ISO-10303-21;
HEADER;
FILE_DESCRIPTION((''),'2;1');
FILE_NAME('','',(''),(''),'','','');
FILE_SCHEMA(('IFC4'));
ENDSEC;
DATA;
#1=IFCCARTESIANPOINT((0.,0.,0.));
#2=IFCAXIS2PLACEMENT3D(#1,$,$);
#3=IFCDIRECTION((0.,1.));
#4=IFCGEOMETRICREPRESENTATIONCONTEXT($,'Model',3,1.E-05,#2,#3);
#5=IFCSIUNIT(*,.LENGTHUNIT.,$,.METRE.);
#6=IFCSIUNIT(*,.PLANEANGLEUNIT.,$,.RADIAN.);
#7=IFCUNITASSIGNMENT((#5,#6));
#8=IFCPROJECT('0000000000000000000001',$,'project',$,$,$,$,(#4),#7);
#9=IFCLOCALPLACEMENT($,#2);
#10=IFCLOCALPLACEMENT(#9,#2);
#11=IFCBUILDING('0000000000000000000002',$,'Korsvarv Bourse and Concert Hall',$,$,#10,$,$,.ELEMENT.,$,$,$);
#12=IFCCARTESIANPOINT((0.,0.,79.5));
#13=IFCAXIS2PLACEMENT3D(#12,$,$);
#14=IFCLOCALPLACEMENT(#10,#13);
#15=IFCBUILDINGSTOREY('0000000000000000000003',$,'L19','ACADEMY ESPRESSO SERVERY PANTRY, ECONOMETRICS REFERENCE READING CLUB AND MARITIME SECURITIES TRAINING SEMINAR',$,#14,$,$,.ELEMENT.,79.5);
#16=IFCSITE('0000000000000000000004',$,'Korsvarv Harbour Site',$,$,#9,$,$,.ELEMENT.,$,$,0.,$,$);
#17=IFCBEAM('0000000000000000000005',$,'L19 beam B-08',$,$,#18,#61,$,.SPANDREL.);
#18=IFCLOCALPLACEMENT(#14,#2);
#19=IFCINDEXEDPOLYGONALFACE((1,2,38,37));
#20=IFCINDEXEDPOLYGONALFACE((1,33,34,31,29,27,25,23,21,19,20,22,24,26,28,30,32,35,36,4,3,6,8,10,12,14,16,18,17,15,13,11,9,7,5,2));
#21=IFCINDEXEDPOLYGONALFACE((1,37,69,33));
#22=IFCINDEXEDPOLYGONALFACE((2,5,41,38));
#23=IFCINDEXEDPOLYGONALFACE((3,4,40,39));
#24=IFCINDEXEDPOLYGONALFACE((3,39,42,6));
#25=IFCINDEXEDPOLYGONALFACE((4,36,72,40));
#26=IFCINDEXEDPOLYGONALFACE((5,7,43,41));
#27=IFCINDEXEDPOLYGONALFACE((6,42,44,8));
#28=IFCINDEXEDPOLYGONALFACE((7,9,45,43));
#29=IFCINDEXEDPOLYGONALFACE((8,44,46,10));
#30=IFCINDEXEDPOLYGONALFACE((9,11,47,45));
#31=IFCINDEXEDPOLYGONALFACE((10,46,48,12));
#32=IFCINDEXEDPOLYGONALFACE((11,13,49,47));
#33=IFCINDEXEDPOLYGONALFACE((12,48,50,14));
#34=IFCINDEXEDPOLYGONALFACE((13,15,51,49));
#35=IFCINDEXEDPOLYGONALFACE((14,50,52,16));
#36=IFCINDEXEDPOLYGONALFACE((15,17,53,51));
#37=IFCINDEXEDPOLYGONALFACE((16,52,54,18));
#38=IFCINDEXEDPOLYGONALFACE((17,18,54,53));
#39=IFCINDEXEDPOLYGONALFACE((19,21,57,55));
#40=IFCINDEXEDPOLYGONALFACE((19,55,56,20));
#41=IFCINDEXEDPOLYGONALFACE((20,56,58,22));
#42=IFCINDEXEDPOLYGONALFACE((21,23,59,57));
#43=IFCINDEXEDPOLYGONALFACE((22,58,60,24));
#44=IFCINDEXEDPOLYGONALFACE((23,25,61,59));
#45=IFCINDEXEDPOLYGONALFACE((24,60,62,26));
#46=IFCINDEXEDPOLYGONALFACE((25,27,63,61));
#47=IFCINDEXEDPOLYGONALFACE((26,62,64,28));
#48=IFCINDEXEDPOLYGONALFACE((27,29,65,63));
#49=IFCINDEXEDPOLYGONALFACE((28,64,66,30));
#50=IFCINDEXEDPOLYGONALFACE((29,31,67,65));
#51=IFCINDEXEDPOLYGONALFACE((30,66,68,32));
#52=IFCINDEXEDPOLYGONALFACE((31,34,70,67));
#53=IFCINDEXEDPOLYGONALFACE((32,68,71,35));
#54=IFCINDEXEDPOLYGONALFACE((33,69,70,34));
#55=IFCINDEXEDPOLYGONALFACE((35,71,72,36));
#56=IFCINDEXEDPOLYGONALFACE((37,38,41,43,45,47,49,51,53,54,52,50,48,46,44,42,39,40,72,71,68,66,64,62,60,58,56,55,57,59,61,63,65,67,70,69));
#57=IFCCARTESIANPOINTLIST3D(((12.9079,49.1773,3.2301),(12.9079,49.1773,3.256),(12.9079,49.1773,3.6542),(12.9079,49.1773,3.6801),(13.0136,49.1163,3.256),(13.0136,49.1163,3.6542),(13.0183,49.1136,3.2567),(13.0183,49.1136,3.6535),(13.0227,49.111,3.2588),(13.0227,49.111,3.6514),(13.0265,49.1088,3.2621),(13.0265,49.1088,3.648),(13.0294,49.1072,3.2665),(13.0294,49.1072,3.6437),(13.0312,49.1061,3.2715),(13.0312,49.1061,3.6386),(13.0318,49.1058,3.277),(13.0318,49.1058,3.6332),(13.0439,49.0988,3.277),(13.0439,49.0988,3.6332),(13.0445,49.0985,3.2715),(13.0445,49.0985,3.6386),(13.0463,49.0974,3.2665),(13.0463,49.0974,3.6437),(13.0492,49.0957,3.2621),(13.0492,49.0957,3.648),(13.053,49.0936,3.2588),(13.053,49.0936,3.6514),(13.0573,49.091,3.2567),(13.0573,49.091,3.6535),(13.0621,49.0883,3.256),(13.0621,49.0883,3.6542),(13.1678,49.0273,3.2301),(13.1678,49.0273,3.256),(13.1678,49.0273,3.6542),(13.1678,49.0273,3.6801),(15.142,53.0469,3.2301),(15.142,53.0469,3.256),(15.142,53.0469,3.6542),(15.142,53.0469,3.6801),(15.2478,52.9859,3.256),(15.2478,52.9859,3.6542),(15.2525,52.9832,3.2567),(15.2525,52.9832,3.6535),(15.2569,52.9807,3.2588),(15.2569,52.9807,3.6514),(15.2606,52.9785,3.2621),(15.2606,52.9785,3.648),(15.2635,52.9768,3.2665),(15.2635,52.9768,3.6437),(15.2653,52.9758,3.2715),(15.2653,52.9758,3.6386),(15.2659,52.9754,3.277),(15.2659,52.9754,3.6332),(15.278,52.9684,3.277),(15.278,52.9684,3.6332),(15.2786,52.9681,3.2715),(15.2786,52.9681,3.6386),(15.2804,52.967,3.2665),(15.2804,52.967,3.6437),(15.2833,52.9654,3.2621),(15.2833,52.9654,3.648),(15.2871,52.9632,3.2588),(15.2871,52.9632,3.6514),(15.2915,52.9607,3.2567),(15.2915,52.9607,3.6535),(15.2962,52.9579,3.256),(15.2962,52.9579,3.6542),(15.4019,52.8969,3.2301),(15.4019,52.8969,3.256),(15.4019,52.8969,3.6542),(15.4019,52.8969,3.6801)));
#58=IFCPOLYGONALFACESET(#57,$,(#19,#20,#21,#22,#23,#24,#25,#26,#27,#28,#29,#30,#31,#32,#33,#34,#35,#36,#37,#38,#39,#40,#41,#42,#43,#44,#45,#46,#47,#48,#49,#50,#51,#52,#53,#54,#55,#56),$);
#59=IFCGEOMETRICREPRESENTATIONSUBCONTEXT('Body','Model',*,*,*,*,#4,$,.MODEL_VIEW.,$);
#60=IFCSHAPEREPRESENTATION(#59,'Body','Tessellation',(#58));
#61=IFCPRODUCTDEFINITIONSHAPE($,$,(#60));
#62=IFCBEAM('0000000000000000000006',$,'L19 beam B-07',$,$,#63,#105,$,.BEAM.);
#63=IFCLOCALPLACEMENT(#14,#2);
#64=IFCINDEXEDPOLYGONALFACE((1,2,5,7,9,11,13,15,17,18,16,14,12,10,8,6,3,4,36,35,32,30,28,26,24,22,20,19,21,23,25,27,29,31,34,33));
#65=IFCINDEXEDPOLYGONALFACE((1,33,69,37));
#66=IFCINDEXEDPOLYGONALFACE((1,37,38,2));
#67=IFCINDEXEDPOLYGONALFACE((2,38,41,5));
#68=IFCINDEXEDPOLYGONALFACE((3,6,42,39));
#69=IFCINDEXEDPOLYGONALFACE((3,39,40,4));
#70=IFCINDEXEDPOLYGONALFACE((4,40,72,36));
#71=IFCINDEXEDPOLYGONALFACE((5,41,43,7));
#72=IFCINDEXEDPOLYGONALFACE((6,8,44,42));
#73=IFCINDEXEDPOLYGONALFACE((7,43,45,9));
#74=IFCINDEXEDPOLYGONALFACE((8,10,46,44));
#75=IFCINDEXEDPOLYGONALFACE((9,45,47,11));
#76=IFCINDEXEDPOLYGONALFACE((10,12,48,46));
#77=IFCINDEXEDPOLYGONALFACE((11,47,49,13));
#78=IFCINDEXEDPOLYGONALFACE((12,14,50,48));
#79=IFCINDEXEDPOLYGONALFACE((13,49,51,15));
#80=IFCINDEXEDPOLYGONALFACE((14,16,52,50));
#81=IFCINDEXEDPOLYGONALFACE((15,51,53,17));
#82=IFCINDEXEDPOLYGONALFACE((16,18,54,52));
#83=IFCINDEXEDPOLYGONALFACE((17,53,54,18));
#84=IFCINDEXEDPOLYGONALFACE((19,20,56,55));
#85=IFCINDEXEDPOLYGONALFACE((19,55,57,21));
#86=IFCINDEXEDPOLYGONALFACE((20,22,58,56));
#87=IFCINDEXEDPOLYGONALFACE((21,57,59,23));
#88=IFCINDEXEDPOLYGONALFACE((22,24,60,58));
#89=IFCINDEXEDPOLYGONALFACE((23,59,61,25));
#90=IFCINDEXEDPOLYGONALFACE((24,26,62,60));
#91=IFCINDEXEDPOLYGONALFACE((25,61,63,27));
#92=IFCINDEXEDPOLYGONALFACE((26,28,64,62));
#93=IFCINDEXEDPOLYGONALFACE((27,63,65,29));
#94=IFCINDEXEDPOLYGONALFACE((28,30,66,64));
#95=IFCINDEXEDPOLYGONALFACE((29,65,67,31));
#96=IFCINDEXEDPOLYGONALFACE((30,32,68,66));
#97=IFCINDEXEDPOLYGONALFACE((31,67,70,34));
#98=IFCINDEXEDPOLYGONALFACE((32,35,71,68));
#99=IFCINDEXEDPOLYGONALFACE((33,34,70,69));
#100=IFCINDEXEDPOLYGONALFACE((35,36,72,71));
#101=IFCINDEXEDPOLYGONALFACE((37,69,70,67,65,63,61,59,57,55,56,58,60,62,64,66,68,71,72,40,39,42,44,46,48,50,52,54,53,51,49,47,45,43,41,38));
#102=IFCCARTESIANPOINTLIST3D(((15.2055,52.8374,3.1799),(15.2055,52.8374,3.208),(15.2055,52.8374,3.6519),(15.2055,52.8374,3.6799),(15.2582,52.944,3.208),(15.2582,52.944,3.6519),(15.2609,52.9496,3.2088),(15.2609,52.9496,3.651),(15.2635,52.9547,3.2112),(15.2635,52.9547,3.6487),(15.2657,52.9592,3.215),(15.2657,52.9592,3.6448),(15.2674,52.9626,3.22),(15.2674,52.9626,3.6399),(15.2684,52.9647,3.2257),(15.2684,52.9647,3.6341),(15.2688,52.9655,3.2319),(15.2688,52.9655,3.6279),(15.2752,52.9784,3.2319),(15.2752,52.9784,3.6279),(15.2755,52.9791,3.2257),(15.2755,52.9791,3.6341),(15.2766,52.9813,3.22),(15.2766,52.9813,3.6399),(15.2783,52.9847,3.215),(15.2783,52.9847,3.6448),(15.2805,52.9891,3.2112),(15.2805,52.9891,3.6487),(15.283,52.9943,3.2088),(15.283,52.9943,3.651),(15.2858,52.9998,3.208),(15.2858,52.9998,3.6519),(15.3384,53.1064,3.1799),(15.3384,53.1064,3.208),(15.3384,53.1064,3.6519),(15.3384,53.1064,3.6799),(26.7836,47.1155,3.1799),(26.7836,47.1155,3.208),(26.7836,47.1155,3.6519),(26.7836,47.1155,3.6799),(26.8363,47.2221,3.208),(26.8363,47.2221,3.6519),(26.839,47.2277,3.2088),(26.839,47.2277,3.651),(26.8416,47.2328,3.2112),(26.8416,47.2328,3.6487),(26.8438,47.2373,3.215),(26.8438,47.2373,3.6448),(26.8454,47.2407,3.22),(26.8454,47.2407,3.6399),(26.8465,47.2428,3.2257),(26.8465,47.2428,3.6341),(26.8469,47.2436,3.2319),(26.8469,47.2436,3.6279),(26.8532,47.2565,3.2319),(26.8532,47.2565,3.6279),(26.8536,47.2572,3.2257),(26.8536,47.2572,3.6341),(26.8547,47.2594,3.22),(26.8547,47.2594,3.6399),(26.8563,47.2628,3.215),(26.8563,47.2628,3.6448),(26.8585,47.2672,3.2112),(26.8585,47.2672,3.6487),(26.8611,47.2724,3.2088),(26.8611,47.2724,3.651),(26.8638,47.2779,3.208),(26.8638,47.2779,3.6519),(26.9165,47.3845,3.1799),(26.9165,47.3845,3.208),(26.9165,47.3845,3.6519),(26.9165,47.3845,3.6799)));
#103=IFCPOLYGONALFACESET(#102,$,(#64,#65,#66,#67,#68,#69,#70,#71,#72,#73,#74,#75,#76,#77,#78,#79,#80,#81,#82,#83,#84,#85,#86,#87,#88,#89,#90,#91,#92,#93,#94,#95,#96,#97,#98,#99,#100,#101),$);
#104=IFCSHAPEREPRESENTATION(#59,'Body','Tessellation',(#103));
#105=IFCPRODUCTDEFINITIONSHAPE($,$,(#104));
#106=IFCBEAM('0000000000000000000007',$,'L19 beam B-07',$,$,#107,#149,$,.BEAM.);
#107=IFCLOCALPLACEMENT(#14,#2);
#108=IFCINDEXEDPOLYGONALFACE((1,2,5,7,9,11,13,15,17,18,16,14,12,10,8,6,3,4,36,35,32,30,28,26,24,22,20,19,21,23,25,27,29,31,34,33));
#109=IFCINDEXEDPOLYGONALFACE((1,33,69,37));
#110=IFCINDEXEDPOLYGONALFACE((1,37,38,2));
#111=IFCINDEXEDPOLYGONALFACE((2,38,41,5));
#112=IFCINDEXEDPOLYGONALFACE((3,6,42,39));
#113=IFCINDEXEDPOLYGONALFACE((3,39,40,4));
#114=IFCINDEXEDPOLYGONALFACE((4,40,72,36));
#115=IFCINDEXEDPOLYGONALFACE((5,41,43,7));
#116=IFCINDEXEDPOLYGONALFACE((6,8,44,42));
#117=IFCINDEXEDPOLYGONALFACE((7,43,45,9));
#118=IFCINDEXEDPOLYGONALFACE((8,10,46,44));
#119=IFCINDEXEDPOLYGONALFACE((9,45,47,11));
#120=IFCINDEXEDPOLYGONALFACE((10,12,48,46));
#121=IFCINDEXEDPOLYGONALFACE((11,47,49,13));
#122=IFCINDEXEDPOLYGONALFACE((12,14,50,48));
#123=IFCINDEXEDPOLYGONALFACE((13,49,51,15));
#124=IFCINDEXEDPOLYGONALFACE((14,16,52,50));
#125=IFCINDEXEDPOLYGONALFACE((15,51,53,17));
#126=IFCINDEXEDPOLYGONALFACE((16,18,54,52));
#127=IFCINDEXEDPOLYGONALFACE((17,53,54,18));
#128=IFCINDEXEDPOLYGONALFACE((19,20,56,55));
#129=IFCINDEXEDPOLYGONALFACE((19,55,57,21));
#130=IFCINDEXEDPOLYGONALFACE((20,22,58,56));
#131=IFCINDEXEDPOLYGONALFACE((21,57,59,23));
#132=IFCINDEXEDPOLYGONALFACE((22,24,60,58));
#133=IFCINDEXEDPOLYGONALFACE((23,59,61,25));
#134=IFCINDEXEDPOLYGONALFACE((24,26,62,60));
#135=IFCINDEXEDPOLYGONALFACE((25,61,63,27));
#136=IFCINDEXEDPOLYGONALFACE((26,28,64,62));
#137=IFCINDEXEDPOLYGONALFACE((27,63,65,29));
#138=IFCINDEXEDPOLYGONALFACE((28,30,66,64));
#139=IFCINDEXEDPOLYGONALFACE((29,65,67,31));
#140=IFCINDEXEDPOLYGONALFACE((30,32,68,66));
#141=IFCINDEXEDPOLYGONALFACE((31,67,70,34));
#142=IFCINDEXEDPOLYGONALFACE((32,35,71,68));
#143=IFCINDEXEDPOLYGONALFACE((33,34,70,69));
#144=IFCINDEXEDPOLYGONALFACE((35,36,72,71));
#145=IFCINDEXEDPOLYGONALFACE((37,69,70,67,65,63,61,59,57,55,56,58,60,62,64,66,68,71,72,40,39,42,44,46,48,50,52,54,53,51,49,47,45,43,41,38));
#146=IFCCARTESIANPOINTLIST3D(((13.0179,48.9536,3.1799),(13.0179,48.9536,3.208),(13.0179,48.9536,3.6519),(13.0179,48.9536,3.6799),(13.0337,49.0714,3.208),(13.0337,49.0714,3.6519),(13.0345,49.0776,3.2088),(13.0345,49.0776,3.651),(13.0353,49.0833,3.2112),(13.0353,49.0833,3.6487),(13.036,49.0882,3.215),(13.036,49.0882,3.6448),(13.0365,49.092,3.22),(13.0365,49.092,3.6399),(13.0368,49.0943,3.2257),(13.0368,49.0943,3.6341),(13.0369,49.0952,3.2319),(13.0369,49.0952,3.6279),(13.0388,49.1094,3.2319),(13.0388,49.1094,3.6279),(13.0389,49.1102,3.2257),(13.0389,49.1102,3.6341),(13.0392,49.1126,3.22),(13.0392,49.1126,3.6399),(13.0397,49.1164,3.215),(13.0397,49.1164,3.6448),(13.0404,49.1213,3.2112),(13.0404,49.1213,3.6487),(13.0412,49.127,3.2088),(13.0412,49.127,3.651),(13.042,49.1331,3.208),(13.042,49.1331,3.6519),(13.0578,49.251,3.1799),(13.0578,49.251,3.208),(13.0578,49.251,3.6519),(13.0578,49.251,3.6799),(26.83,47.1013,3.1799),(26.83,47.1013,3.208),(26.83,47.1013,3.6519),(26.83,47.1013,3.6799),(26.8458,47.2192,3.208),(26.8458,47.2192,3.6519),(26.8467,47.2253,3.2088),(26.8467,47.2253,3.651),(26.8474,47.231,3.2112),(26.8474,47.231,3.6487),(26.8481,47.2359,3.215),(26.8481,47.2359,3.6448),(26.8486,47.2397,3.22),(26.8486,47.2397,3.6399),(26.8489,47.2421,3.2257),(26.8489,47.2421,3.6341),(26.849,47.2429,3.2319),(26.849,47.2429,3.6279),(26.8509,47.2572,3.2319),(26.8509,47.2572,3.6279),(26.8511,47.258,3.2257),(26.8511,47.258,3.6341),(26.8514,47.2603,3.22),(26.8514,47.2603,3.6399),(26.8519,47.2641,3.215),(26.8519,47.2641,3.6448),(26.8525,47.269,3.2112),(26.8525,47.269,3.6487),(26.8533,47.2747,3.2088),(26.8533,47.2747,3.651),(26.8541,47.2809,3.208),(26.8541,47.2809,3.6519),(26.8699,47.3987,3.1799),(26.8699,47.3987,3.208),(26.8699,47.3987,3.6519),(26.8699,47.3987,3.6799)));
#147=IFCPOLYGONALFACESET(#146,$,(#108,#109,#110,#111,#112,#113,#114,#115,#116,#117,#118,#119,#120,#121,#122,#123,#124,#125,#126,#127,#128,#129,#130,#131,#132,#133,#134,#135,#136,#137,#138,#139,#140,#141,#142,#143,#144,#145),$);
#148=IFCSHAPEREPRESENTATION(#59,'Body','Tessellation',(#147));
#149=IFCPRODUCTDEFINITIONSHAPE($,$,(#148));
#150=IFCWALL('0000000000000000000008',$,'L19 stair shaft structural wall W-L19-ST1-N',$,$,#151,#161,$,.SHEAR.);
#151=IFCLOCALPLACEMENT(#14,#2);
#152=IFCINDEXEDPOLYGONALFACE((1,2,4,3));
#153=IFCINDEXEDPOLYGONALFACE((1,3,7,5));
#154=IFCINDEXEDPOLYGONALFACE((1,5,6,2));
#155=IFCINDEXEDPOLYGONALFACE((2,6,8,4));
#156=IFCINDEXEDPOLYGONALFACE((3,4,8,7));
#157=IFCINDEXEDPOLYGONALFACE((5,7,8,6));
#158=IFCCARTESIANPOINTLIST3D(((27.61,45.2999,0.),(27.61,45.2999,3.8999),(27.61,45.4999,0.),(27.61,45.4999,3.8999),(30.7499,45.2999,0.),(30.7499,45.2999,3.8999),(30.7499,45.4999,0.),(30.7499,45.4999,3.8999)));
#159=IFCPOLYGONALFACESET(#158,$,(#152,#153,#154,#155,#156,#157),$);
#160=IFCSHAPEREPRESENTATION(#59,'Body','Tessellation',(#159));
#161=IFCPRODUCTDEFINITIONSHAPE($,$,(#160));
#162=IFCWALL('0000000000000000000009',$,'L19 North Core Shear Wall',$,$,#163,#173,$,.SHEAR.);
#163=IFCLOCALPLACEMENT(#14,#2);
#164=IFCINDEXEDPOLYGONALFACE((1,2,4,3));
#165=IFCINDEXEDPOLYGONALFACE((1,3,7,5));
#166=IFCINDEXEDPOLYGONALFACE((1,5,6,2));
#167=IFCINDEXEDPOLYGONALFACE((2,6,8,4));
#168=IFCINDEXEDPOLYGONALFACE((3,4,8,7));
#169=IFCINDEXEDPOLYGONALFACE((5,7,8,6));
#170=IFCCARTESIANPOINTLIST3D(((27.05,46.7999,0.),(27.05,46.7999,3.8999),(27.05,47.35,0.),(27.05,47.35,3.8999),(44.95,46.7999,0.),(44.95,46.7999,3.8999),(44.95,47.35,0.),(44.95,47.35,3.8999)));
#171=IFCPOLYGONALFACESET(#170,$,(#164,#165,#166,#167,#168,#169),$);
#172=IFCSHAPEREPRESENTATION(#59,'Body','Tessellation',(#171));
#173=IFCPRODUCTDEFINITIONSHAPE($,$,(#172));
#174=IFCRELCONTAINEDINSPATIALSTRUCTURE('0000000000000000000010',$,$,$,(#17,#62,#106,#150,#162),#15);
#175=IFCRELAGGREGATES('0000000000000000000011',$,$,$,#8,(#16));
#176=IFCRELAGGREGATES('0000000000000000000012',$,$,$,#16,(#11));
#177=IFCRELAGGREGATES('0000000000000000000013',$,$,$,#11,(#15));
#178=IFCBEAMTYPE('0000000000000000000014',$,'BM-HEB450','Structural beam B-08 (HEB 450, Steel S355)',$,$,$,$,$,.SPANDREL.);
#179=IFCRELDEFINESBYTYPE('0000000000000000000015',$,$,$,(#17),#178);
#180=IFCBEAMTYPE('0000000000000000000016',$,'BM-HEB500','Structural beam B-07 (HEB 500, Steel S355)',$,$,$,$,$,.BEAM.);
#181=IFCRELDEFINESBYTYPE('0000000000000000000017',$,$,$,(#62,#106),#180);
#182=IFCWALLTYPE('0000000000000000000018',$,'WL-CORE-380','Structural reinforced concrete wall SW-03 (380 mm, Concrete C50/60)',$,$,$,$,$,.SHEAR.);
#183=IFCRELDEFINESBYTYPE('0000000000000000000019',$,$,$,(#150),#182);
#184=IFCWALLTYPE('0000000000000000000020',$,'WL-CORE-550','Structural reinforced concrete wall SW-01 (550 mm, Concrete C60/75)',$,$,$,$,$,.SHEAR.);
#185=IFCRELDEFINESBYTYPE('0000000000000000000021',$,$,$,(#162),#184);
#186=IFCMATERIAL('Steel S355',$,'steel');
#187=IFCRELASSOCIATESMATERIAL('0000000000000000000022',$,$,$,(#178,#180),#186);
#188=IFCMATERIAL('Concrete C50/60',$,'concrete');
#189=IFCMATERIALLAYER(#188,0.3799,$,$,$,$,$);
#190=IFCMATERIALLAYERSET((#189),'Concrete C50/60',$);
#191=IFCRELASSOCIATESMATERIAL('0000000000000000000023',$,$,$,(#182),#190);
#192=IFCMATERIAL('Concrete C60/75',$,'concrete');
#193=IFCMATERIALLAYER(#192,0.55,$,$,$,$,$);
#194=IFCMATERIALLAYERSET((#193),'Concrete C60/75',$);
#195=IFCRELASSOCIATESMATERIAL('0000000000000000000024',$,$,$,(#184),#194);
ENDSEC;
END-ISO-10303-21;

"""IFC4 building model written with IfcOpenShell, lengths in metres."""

from ifc_helpers import new_model, si_unit, direction, frame, frame_2d, origin, origin_2d, place, context, subcontext, project, spatial, rectangle, i_section, extrude, source, transform, mapped, material, layer, layer_set, material_profile, profile_set, type_object, element, save


model = new_model("IFC4")

# Units and contexts
model_context = context("Model", 3, precision=1e-05, world=origin(), true_north=direction((0.0, 1.0)))
body_context = subcontext(model_context, "Body", "Model", "MODEL_VIEW")
ifc_project = project(units=[si_unit("LENGTHUNIT", "METRE"), si_unit("PLANEANGLEUNIT", "RADIAN")], contexts=[model_context])

# Site, building, storey
site_placement = place(None, origin())
site = spatial("IfcSite", under=ifc_project, at=site_placement, Name="Korsvarv Harbour Site", CompositionType="ELEMENT", RefElevation=0.0)
building_placement = place(site_placement, origin())
building = spatial("IfcBuilding", under=site, at=building_placement, Name="Korsvarv Bourse and Concert Hall", CompositionType="ELEMENT")
storey_placement = place(building_placement, frame((0.0, 0.0, 79.5)))
storey = spatial("IfcBuildingStorey", under=building, at=storey_placement, Name="L19", Description="ACADEMY ESPRESSO SERVERY PANTRY, ECONOMETRICS REFERENCE READING CLUB AND MARITIME SECURITIES TRAINING SEMINAR", CompositionType="ELEMENT", Elevation=79.5)

# Shared definitions
ifc_material_1 = material(Name="Concrete C60/75", Category="concrete")

# Beams
ifc_material_2 = material(Name="Steel S355", Category="steel")
ifc_material_profile_1 = material_profile(ifc_material_2, i_section(OverallWidth=0.3, OverallDepth=0.45, WebThickness=0.0139, FlangeThickness=0.0259, FilletRadius=0.021, at=origin_2d()), Name="HEB 450")
ifc_profile_set_1 = profile_set([ifc_material_profile_1], Name="Steel S355")
beam_type_1 = type_object("IfcBeamType", Name="BM-HEB450", Description="Structural beam B-08 (HEB 450, Steel S355)", PredefinedType="SPANDREL", material=ifc_profile_set_1)
shared_shape_1 = source(origin(), body_context, "Body", "SweptSolid", [
    extrude(i_section(OverallWidth=0.3, OverallDepth=0.45, WebThickness=0.0139, FlangeThickness=0.0259, FilletRadius=0.021, at=origin_2d()), origin(), (0.0, 0.0, 1.0), 4.4683),
])
beam_1_placement = place(storey_placement, frame((15.272, 52.9719, 3.4551), z_axis=(-0.5, -0.866025, 0.0), x_axis=(0.866025, -0.5, 0.0)))
element("IfcBeam", 1, at=beam_1_placement, inside=storey, type_object=beam_type_1, Name="L19 beam B-08", PredefinedType="SPANDREL", context=body_context, shape_type="MappedRepresentation", body=[
    mapped(shared_shape_1, transform((0.0, 0.0, 0.0), scale=1.0)),
])
ifc_material_profile_2 = material_profile(ifc_material_2, i_section(OverallWidth=0.3, OverallDepth=0.5, WebThickness=0.0144, FlangeThickness=0.0281, FilletRadius=0.0239, at=origin_2d()), Name="HEB 500")
ifc_profile_set_2 = profile_set([ifc_material_profile_2], Name="Steel S355")
beam_type_2 = type_object("IfcBeamType", Name="BM-HEB500", Description="Structural beam B-07 (HEB 500, Steel S355)", PredefinedType="BEAM", material=ifc_profile_set_2)
shared_shape_2 = source(origin(), body_context, "Body", "SweptSolid", [
    extrude(i_section(OverallWidth=0.3, OverallDepth=0.5, WebThickness=0.0144, FlangeThickness=0.0281, FilletRadius=0.0239, at=origin_2d()), origin(), (0.0, 0.0, 1.0), 12.9148),
])
beam_2_placement = place(storey_placement, frame((15.272, 52.9719, 3.4299), z_axis=(0.896497, -0.44305, 0.0), x_axis=(0.44305, 0.896497, 0.0)))
element("IfcBeam", 2, at=beam_2_placement, inside=storey, type_object=beam_type_2, Name="L19 beam B-07", PredefinedType="BEAM", context=body_context, shape_type="MappedRepresentation", body=[
    mapped(shared_shape_2, transform((0.0, 0.0, 0.0), scale=1.0)),
])
shared_shape_3 = source(origin(), body_context, "Body", "SweptSolid", [
    extrude(i_section(OverallWidth=0.3, OverallDepth=0.5, WebThickness=0.0144, FlangeThickness=0.0281, FilletRadius=0.0239, at=origin_2d()), origin(), (0.0, 0.0, 1.0), 13.9358),
])
beam_3_placement = place(storey_placement, frame((13.0378, 49.1023, 3.4299), z_axis=(0.991127, -0.132915, 0.0), x_axis=(0.132915, 0.991127, 0.0)))
element("IfcBeam", 3, at=beam_3_placement, inside=storey, type_object=beam_type_2, Name="L19 beam B-07", PredefinedType="BEAM", context=body_context, shape_type="MappedRepresentation", body=[
    mapped(shared_shape_3, transform((0.0, 0.0, 0.0), scale=1.0)),
])

# Walls
ifc_material_3 = material(Name="Concrete C50/60", Category="concrete")
ifc_layer_1 = layer(ifc_material_3, 0.3799)
ifc_layer_set_1 = layer_set([ifc_layer_1], Name="Concrete C50/60")
wall_type_1 = type_object("IfcWallType", Name="WL-CORE-380", Description="Structural reinforced concrete wall SW-03 (380 mm, Concrete C50/60)", PredefinedType="SHEAR", material=ifc_layer_set_1)
wall_1_placement = place(storey_placement, frame((27.6101, 45.3999, 0.0), z_axis=(0.0, 0.0, 1.0), x_axis=(1.0, 0.0, 0.0)))
element("IfcWall", 4, at=wall_1_placement, inside=storey, type_object=wall_type_1, Name="L19 stair shaft structural wall W-L19-ST1-N", PredefinedType="SHEAR", context=body_context, shape_type="SweptSolid", body=[
    extrude(rectangle(XDim=3.1399, YDim=0.2, at=frame_2d((1.5698, 0.0))), origin(), (0.0, 0.0, 1.0), 3.8999),
])
ifc_layer_2 = layer(ifc_material_1, 0.55)
ifc_layer_set_2 = layer_set([ifc_layer_2], Name="Concrete C60/75")
wall_type_2 = type_object("IfcWallType", Name="WL-CORE-550", Description="Structural reinforced concrete wall SW-01 (550 mm, Concrete C60/75)", PredefinedType="SHEAR", material=ifc_layer_set_2)
wall_2_placement = place(storey_placement, frame((27.05, 47.075, 0.0), z_axis=(0.0, 0.0, 1.0), x_axis=(1.0, 0.0, 0.0)))
element("IfcWall", 5, at=wall_2_placement, inside=storey, type_object=wall_type_2, Name="L19 North Core Shear Wall", PredefinedType="SHEAR", context=body_context, shape_type="SweptSolid", body=[
    extrude(rectangle(XDim=17.8999, YDim=0.55, at=frame_2d((8.95, 0.0))), origin(), (0.0, 0.0, 1.0), 3.8999),
])

save(model, "model.ifc")
